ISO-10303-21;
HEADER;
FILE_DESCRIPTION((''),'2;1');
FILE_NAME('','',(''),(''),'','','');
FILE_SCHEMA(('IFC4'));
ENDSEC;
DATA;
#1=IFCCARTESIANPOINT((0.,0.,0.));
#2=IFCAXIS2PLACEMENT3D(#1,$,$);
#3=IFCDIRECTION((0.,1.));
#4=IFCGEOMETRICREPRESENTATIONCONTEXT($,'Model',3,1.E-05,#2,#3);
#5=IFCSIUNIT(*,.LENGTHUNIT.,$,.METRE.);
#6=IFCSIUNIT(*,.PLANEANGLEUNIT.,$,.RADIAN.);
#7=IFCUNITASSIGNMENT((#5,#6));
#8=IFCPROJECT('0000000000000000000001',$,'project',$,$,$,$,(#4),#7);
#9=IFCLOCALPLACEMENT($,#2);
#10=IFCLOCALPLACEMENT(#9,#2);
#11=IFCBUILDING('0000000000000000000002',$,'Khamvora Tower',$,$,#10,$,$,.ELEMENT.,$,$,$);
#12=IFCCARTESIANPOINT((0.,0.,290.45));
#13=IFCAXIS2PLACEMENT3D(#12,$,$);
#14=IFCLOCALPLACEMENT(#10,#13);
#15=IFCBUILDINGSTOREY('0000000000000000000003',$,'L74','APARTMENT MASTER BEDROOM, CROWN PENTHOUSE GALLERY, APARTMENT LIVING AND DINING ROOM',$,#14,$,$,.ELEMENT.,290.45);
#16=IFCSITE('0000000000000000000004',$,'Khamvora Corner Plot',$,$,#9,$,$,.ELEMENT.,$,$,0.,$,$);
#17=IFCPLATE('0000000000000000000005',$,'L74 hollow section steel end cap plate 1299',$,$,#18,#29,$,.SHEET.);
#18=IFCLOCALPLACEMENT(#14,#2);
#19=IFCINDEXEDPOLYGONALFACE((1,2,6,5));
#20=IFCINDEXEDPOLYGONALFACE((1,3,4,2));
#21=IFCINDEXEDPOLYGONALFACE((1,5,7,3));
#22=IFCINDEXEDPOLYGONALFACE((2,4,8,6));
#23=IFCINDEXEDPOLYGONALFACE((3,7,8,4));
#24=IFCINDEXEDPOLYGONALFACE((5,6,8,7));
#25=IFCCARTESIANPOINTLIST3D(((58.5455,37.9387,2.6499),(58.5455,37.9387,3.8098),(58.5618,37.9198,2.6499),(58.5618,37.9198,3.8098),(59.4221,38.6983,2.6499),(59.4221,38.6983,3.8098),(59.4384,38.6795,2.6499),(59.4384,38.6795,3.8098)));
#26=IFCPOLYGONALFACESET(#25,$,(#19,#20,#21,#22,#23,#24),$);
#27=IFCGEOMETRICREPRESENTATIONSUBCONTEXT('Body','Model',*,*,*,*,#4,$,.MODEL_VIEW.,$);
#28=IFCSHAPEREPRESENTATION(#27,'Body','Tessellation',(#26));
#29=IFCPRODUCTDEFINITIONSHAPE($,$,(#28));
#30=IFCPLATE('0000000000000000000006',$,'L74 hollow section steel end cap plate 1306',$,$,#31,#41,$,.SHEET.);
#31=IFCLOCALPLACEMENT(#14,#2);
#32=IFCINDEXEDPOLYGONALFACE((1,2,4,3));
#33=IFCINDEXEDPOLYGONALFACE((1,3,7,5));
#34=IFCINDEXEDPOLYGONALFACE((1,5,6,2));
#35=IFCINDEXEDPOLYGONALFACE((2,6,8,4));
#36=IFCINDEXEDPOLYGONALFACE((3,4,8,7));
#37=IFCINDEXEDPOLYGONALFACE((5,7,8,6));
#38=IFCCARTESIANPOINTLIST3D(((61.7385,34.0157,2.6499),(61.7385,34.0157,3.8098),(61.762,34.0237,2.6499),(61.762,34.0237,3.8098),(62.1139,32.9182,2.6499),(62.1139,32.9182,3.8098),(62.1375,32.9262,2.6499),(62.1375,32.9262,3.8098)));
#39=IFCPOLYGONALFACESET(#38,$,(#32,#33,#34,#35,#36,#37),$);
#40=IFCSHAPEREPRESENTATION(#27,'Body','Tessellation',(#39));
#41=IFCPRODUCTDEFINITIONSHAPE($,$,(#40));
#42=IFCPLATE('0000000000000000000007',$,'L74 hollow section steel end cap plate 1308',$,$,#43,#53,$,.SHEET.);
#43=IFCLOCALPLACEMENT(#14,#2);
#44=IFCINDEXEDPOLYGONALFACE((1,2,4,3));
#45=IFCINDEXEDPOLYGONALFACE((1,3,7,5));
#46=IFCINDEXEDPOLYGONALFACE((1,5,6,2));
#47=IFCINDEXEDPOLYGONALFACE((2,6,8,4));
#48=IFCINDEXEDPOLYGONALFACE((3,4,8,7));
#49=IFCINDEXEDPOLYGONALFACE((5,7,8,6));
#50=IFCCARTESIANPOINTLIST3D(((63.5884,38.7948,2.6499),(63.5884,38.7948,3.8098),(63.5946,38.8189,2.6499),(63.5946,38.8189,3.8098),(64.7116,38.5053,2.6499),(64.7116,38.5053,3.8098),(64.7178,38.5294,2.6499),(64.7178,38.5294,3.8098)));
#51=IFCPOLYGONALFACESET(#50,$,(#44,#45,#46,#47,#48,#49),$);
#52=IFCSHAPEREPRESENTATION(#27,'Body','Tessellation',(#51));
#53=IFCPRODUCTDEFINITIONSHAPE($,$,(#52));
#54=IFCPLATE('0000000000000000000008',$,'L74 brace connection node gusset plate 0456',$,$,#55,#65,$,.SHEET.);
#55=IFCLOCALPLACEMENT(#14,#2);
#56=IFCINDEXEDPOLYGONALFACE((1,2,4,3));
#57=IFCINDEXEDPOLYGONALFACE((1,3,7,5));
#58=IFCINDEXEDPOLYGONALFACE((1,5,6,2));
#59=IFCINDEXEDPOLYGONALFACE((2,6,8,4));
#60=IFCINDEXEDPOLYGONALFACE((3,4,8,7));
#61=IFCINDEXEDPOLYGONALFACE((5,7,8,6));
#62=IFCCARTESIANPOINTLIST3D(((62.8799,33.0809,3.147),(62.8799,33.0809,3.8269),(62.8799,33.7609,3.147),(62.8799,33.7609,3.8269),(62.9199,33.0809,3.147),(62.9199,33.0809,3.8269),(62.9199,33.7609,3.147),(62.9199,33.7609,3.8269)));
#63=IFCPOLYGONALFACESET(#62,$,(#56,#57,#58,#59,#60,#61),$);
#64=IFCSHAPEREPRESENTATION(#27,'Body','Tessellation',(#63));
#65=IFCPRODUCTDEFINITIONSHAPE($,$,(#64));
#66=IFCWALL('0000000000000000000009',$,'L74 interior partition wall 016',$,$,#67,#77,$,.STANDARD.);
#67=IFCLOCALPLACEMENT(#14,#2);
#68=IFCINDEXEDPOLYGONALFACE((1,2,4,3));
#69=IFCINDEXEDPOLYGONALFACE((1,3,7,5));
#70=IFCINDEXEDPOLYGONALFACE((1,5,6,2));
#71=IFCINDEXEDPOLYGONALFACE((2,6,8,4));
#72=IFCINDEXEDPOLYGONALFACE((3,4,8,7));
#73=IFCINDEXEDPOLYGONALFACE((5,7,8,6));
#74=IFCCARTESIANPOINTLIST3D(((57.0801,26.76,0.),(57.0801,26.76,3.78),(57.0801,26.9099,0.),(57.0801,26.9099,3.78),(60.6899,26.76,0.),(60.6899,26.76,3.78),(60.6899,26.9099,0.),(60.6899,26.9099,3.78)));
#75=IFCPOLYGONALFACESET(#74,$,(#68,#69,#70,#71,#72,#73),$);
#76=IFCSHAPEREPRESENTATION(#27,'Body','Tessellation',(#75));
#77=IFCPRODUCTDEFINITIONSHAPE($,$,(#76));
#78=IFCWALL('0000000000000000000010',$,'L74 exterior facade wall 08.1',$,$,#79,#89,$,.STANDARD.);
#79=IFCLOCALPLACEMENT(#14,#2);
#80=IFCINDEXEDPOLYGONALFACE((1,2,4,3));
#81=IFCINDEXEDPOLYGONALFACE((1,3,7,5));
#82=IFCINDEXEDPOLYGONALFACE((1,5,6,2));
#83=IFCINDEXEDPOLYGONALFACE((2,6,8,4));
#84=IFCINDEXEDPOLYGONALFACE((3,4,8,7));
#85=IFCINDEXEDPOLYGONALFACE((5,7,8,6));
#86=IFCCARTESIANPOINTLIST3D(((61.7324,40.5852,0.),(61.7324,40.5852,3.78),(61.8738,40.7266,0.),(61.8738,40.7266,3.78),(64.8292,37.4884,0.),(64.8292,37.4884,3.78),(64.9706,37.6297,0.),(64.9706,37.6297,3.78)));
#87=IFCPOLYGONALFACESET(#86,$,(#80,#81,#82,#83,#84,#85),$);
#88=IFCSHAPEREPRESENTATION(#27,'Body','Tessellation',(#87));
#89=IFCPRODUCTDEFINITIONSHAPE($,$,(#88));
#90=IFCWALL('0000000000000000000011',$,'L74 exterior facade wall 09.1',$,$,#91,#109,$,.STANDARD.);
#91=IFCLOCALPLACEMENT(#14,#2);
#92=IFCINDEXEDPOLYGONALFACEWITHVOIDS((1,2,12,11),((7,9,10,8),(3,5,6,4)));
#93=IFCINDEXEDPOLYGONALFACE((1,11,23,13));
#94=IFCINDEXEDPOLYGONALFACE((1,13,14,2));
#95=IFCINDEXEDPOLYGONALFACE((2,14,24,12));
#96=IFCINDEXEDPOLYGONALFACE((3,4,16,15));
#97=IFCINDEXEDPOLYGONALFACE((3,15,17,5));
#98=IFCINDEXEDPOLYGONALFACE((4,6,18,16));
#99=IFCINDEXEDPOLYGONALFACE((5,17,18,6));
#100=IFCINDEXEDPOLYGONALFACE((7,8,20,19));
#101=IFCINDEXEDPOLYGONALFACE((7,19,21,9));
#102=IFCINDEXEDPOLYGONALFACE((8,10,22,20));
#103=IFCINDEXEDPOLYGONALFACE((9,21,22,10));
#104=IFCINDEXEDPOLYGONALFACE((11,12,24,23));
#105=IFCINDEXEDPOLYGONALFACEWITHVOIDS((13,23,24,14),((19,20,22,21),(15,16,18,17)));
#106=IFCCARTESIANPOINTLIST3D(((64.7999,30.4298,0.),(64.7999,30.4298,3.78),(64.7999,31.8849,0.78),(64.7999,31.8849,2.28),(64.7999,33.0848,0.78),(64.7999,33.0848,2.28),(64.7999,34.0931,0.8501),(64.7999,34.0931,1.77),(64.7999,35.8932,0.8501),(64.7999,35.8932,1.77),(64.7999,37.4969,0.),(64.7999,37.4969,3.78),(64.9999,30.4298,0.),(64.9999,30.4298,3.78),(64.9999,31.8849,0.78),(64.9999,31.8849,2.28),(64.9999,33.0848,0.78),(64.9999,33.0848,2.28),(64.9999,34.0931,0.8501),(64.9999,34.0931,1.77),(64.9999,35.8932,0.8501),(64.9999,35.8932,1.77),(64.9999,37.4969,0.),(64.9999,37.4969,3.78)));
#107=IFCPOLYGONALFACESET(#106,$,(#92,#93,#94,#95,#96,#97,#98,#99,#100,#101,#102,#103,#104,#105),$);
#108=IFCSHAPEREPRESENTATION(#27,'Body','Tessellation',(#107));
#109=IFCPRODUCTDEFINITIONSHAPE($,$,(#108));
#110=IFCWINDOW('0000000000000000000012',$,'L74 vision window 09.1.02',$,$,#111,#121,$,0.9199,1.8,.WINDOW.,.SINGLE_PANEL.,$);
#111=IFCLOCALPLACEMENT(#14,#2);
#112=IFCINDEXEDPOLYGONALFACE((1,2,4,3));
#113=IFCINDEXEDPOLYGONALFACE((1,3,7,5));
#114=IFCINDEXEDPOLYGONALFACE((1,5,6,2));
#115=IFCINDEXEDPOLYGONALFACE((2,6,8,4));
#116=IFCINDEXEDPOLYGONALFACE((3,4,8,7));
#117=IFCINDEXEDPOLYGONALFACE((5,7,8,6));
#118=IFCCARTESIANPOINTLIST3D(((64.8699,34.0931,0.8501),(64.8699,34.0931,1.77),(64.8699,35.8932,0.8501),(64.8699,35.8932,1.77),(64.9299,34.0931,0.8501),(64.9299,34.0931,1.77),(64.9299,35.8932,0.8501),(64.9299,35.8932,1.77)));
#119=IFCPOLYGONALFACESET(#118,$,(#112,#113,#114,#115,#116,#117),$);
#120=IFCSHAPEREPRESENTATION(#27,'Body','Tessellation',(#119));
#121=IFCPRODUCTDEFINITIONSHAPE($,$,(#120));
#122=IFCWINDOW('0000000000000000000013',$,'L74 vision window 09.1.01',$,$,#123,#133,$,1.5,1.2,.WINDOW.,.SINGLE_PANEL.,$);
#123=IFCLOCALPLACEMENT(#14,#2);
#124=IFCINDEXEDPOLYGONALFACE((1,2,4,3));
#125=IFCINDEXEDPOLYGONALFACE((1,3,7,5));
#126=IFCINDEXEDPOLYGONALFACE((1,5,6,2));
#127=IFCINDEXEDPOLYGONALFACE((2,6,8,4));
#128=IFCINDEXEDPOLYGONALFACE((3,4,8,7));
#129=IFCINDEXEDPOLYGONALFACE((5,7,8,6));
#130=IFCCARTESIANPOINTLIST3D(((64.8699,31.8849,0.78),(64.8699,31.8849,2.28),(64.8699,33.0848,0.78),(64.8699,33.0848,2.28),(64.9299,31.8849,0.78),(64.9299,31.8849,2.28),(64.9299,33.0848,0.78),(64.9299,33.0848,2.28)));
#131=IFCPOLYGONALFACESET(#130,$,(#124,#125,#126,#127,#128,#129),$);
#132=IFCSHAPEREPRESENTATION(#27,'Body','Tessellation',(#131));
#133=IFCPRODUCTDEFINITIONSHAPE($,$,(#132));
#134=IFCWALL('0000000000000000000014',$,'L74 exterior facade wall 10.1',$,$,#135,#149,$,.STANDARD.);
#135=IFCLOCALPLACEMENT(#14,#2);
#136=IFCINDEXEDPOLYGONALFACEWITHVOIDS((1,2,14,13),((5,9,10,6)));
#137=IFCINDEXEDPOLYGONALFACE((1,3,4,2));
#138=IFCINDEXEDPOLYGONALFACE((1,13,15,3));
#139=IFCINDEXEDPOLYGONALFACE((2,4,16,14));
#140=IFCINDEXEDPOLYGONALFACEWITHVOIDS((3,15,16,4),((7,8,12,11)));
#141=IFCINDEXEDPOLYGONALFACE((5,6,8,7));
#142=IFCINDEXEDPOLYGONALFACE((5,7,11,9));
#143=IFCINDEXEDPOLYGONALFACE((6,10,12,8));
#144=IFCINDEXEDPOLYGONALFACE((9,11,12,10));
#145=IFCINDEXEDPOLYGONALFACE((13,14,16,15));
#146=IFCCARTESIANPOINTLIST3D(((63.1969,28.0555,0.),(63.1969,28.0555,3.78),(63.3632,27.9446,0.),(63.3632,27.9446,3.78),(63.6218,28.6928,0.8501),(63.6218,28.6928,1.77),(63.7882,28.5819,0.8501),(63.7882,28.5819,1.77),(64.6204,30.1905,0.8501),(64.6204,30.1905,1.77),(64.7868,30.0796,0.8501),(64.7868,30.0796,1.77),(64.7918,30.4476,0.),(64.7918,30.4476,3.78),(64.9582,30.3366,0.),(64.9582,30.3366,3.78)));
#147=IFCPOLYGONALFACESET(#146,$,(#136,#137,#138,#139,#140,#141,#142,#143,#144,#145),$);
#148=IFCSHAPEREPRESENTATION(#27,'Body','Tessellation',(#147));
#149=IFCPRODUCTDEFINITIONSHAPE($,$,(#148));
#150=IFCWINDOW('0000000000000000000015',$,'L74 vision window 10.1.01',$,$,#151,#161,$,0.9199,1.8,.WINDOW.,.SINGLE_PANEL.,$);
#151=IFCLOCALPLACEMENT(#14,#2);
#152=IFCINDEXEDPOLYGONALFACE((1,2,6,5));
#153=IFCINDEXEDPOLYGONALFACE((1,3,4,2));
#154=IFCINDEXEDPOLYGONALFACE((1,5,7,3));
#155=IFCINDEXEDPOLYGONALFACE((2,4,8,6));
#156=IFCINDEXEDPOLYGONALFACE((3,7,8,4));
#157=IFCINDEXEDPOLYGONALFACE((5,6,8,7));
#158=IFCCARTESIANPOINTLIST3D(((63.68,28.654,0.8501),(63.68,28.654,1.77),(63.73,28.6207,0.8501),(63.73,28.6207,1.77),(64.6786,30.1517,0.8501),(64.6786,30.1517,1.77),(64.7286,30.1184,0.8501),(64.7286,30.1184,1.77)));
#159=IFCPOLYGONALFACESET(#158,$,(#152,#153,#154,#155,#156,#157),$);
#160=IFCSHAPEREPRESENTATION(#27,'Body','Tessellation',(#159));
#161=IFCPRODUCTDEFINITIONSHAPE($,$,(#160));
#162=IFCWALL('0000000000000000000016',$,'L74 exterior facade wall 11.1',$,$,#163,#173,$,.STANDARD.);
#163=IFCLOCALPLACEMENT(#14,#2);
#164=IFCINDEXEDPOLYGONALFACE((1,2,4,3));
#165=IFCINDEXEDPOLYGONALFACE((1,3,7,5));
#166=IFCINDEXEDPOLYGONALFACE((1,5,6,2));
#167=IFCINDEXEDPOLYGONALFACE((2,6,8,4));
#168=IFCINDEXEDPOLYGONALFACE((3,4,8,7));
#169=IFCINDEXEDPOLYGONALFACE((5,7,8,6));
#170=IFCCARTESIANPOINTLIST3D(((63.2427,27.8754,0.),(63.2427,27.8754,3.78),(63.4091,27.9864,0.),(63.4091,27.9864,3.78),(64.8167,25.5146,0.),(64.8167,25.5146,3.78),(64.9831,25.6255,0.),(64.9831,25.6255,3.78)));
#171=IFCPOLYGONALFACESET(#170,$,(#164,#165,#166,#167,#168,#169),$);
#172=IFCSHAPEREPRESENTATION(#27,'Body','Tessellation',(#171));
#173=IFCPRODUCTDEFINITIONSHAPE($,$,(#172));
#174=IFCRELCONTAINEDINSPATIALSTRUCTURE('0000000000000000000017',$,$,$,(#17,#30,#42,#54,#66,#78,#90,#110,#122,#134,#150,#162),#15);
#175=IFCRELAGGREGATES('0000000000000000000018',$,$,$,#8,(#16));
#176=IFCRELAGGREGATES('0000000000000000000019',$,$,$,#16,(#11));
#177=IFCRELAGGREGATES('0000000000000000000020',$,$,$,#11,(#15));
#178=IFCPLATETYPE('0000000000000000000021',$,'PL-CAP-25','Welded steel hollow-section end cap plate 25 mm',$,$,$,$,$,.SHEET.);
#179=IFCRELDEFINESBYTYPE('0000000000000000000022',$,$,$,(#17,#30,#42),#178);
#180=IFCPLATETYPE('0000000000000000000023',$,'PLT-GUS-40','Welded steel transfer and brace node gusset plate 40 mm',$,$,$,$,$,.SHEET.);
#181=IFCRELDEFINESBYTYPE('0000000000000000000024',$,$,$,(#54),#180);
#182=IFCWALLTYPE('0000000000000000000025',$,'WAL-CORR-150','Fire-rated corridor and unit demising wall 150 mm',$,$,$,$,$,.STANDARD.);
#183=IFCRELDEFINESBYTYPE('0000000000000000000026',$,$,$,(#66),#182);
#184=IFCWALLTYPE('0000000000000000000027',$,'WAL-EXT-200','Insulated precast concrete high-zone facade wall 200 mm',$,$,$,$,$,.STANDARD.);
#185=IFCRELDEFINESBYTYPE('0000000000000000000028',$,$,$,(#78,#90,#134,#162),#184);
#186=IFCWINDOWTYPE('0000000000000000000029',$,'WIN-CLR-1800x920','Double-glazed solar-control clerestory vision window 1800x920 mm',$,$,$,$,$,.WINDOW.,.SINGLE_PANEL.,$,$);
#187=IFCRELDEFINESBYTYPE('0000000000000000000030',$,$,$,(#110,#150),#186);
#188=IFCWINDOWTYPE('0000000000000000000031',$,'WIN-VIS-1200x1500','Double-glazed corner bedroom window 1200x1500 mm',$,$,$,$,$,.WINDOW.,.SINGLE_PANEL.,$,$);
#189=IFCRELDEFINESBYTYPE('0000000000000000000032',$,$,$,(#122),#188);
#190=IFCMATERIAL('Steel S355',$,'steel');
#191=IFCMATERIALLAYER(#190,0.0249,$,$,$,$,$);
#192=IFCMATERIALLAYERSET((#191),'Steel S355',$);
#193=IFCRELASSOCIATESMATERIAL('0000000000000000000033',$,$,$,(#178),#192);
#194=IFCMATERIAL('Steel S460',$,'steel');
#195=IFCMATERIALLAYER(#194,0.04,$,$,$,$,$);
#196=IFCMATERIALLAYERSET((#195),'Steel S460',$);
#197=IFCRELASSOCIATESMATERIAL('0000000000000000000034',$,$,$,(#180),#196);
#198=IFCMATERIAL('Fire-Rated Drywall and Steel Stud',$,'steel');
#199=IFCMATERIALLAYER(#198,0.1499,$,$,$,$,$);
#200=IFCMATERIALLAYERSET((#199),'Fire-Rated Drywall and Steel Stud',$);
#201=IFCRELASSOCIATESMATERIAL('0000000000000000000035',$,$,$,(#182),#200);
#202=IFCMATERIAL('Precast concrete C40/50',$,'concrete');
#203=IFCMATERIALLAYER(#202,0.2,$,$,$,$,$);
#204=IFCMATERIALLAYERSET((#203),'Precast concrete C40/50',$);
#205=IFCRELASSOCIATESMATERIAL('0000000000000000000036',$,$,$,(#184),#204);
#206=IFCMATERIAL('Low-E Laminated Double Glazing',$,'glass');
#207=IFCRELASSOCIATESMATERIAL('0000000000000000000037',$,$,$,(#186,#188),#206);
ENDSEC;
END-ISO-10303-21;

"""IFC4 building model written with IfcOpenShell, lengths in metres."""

from ifc_helpers import new_model, si_unit, direction, frame, frame_2d, origin, origin_2d, place, context, subcontext, project, spatial, rectangle, extrude, material, layer, layer_set, type_object, element, fill, save


model = new_model("IFC4")

# Units and contexts
model_context = context("Model", 3, precision=1e-05, world=origin(), true_north=direction((0.0, 1.0)))
body_context = subcontext(model_context, "Body", "Model", "MODEL_VIEW")
ifc_project = project(units=[si_unit("LENGTHUNIT", "METRE"), si_unit("PLANEANGLEUNIT", "RADIAN")], contexts=[model_context])

# Site, building, storey
site_placement = place(None, origin())
site = spatial("IfcSite", under=ifc_project, at=site_placement, Name="Khamvora Corner Plot", CompositionType="ELEMENT", RefElevation=0.0)
building_placement = place(site_placement, origin())
building = spatial("IfcBuilding", under=site, at=building_placement, Name="Khamvora Tower", CompositionType="ELEMENT")
storey_placement = place(building_placement, frame((0.0, 0.0, 290.45)))
storey = spatial("IfcBuildingStorey", under=building, at=storey_placement, Name="L74", Description="APARTMENT MASTER BEDROOM, CROWN PENTHOUSE GALLERY, APARTMENT LIVING AND DINING ROOM", CompositionType="ELEMENT", Elevation=290.45)

# Shared definitions
ifc_material_1 = material(Name="Steel S355", Category="steel")

# Shared definitions
ifc_material_2 = material(Name="Steel S460", Category="steel")

# Plates
ifc_layer_1 = layer(ifc_material_1, 0.0249)
ifc_layer_set_1 = layer_set([ifc_layer_1], Name="Steel S355")
plate_type_1 = type_object("IfcPlateType", Name="PL-CAP-25", Description="Welded steel hollow-section end cap plate 25 mm", PredefinedType="SHEET", material=ifc_layer_set_1)
for number, where, z_axis, x_axis, name in (
    (1, (58.9919, 38.3091, 2.6499), (0.0, 0.0, 1.0), (-0.654925, 0.755693, 0.0), "L74 hollow section steel end cap plate 1299"),
    (2, (61.938, 33.4709, 2.6499), (0.0, 0.0, 1.0), (-0.946164, -0.323686, 0.0), "L74 hollow section steel end cap plate 1306"),
    (3, (64.1531, 38.6621, 2.6499), (0.0, 0.0, 1.0), (0.249569, 0.968357, 0.0), "L74 hollow section steel end cap plate 1308"),
):
    element("IfcPlate", number, at=place(storey_placement, frame(where, z_axis=z_axis, x_axis=x_axis)), inside=storey, type_object=plate_type_1, Name=name, PredefinedType="SHEET", context=body_context, shape_type="SweptSolid", body=[
        extrude(rectangle(XDim=0.0249, YDim=1.1599, at=origin_2d()), origin(), (0.0, 0.0, 1.0), 1.1599),
    ])
ifc_layer_2 = layer(ifc_material_2, 0.04)
ifc_layer_set_2 = layer_set([ifc_layer_2], Name="Steel S460")
plate_type_2 = type_object("IfcPlateType", Name="PLT-GUS-40", Description="Welded steel transfer and brace node gusset plate 40 mm", PredefinedType="SHEET", material=ifc_layer_set_2)
plate_1_placement = place(storey_placement, frame((62.8999, 33.4209, 3.147), z_axis=(0.0, 0.0, 1.0), x_axis=(0.0, 1.0, 0.0)))
element("IfcPlate", 4, at=plate_1_placement, inside=storey, type_object=plate_type_2, Name="L74 brace connection node gusset plate 0456", PredefinedType="SHEET", context=body_context, shape_type="SweptSolid", body=[
    extrude(rectangle(XDim=0.6799, YDim=0.04, at=origin_2d()), origin(), (0.0, 0.0, 1.0), 0.6799),
])

# Shared definitions
ifc_material_3 = material(Name="Fire-Rated Drywall and Steel Stud", Category="steel")
ifc_layer_3 = layer(ifc_material_3, 0.1499)
ifc_layer_set_3 = layer_set([ifc_layer_3], Name="Fire-Rated Drywall and Steel Stud")
wall_type_1 = type_object("IfcWallType", Name="WAL-CORR-150", Description="Fire-rated corridor and unit demising wall 150 mm", PredefinedType="STANDARD", material=ifc_layer_set_3)

# Walls
wall_1_placement = place(storey_placement, frame((60.6899, 26.835, 0.0), z_axis=(0.0, 0.0, 1.0), x_axis=(-1.0, 0.0, 0.0)))
element("IfcWall", 5, at=wall_1_placement, inside=storey, type_object=wall_type_1, Name="L74 interior partition wall 016", PredefinedType="STANDARD", context=body_context, shape_type="SweptSolid", body=[
    extrude(rectangle(XDim=3.6099, YDim=0.1499, at=frame_2d((1.8049, 0.0))), origin(), (0.0, 0.0, 1.0), 3.78),
])
ifc_material_4 = material(Name="Precast concrete C40/50", Category="concrete")
ifc_layer_4 = layer(ifc_material_4, 0.2)
ifc_layer_set_4 = layer_set([ifc_layer_4], Name="Precast concrete C40/50")
wall_type_2 = type_object("IfcWallType", Name="WAL-EXT-200", Description="Insulated precast concrete high-zone facade wall 200 mm", PredefinedType="STANDARD", material=ifc_layer_set_4)
wall_2_placement = place(storey_placement, frame((61.803, 40.656, 0.0), z_axis=(0.0, 0.0, 1.0), x_axis=(0.707107, -0.707107, 0.0)))
element("IfcWall", 6, at=wall_2_placement, inside=storey, type_object=wall_type_2, Name="L74 exterior facade wall 08.1", PredefinedType="STANDARD", context=body_context, shape_type="SweptSolid", body=[
    extrude(rectangle(XDim=4.3796, YDim=0.2, at=frame_2d((2.1899, 0.0))), origin(), (0.0, 0.0, 1.0), 3.78),
])

# Wall, openings, windows
wall_3_placement = place(storey_placement, frame((64.8999, 37.4971, 0.0), z_axis=(0.0, 0.0, 1.0), x_axis=(0.0, -1.0, 0.0)))
wall_3 = element("IfcWall", 7, at=wall_3_placement, inside=storey, type_object=wall_type_2, Name="L74 exterior facade wall 09.1", PredefinedType="STANDARD", context=body_context, shape_type="SweptSolid", body=[
    extrude(rectangle(XDim=7.0671, YDim=0.2, at=frame_2d((3.5337, 0.0))), origin(), (0.0, 0.0, 1.0), 3.78),
])
opening_1_placement = place(wall_3_placement, frame((4.4121, 0.0, 0.78)))
opening_1 = element("IfcOpeningElement", 8, at=opening_1_placement, cuts=wall_3, PredefinedType="OPENING", context=body_context, shape_type="SweptSolid", body=[
    extrude(rectangle(XDim=1.2, YDim=1.5, at=frame_2d((0.6001, 0.75))), frame((0.0, 0.1099, 0.0), z_axis=(0.0, -1.0, 0.0), x_axis=(1.0, 0.0, 0.0)), (0.0, 0.0, 1.0), 0.22),
])
opening_2_placement = place(wall_3_placement, frame((1.604, 0.0, 0.8501)))
opening_2 = element("IfcOpeningElement", 9, at=opening_2_placement, cuts=wall_3, PredefinedType="OPENING", context=body_context, shape_type="SweptSolid", body=[
    extrude(rectangle(XDim=1.8, YDim=0.9199, at=frame_2d((0.8999, 0.46))), frame((0.0, 0.1099, 0.0), z_axis=(0.0, -1.0, 0.0), x_axis=(1.0, 0.0, 0.0)), (0.0, 0.0, 1.0), 0.22),
])
ifc_material_5 = material(Name="Low-E Laminated Double Glazing", Category="glass")
window_type_1 = type_object("IfcWindowType", Name="WIN-CLR-1800x920", Description="Double-glazed solar-control clerestory vision window 1800x920 mm", PartitioningType="SINGLE_PANEL", PredefinedType="WINDOW", material=ifc_material_5)
window_1_placement = place(opening_2_placement, origin())
window_1 = element("IfcWindow", 10, at=window_1_placement, inside=storey, type_object=window_type_1, Name="L74 vision window 09.1.02", OverallHeight=0.9199, OverallWidth=1.8, PartitioningType="SINGLE_PANEL", PredefinedType="WINDOW", context=body_context, shape_type="SweptSolid", body=[
    extrude(rectangle(XDim=1.8, YDim=0.9199, at=frame_2d((0.8999, 0.46))), frame((0.0, 0.03, 0.0), z_axis=(0.0, -1.0, 0.0), x_axis=(1.0, 0.0, 0.0)), (0.0, 0.0, 1.0), 0.0601),
])
fill(opening_2, window_1)
window_type_2 = type_object("IfcWindowType", Name="WIN-VIS-1200x1500", Description="Double-glazed corner bedroom window 1200x1500 mm", PartitioningType="SINGLE_PANEL", PredefinedType="WINDOW", material=ifc_material_5)
window_2_placement = place(opening_1_placement, origin())
window_2 = element("IfcWindow", 11, at=window_2_placement, inside=storey, type_object=window_type_2, Name="L74 vision window 09.1.01", OverallHeight=1.5, OverallWidth=1.2, PartitioningType="SINGLE_PANEL", PredefinedType="WINDOW", context=body_context, shape_type="SweptSolid", body=[
    extrude(rectangle(XDim=1.2, YDim=1.5, at=frame_2d((0.6001, 0.75))), frame((0.0, 0.03, 0.0), z_axis=(0.0, -1.0, 0.0), x_axis=(1.0, 0.0, 0.0)), (0.0, 0.0, 1.0), 0.0601),
])
fill(opening_1, window_2)

# Wall, opening, window
wall_4_placement = place(storey_placement, frame((64.875, 30.3921, 0.0), z_axis=(0.0, 0.0, 1.0), x_axis=(-0.554759, -0.832011, 0.0)))
wall_4 = element("IfcWall", 12, at=wall_4_placement, inside=storey, type_object=wall_type_2, Name="L74 exterior facade wall 10.1", PredefinedType="STANDARD", context=body_context, shape_type="SweptSolid", body=[
    extrude(rectangle(XDim=2.875, YDim=0.2, at=frame_2d((1.4375, 0.0))), origin(), (0.0, 0.0, 1.0), 3.78),
])
opening_3_placement = place(wall_4_placement, frame((0.3091, 0.0, 0.8501)))
opening_3 = element("IfcOpeningElement", 13, at=opening_3_placement, cuts=wall_4, PredefinedType="OPENING", context=body_context, shape_type="SweptSolid", body=[
    extrude(rectangle(XDim=1.8, YDim=0.9199, at=frame_2d((0.8999, 0.46))), frame((0.0, 0.1099, 0.0), z_axis=(0.0, -1.0, 0.0), x_axis=(1.0, 0.0, 0.0)), (0.0, 0.0, 1.0), 0.22),
])
window_3_placement = place(opening_3_placement, origin())
window_3 = element("IfcWindow", 14, at=window_3_placement, inside=storey, type_object=window_type_1, Name="L74 vision window 10.1.01", OverallHeight=0.9199, OverallWidth=1.8, PartitioningType="SINGLE_PANEL", PredefinedType="WINDOW", context=body_context, shape_type="SweptSolid", body=[
    extrude(rectangle(XDim=1.8, YDim=0.9199, at=frame_2d((0.8999, 0.46))), frame((0.0, 0.03, 0.0), z_axis=(0.0, -1.0, 0.0), x_axis=(1.0, 0.0, 0.0)), (0.0, 0.0, 1.0), 0.0601),
])
fill(opening_3, window_3)

# Wall
wall_5_placement = place(storey_placement, frame((63.3259, 27.9309, 0.0), z_axis=(0.0, 0.0, 1.0), x_axis=(0.55472, -0.832037, 0.0)))
element("IfcWall", 15, at=wall_5_placement, inside=storey, type_object=wall_type_2, Name="L74 exterior facade wall 11.1", PredefinedType="STANDARD", context=body_context, shape_type="SweptSolid", body=[
    extrude(rectangle(XDim=2.8374, YDim=0.2, at=frame_2d((1.4187, 0.0))), origin(), (0.0, 0.0, 1.0), 3.78),
])

save(model, "model.ifc")
